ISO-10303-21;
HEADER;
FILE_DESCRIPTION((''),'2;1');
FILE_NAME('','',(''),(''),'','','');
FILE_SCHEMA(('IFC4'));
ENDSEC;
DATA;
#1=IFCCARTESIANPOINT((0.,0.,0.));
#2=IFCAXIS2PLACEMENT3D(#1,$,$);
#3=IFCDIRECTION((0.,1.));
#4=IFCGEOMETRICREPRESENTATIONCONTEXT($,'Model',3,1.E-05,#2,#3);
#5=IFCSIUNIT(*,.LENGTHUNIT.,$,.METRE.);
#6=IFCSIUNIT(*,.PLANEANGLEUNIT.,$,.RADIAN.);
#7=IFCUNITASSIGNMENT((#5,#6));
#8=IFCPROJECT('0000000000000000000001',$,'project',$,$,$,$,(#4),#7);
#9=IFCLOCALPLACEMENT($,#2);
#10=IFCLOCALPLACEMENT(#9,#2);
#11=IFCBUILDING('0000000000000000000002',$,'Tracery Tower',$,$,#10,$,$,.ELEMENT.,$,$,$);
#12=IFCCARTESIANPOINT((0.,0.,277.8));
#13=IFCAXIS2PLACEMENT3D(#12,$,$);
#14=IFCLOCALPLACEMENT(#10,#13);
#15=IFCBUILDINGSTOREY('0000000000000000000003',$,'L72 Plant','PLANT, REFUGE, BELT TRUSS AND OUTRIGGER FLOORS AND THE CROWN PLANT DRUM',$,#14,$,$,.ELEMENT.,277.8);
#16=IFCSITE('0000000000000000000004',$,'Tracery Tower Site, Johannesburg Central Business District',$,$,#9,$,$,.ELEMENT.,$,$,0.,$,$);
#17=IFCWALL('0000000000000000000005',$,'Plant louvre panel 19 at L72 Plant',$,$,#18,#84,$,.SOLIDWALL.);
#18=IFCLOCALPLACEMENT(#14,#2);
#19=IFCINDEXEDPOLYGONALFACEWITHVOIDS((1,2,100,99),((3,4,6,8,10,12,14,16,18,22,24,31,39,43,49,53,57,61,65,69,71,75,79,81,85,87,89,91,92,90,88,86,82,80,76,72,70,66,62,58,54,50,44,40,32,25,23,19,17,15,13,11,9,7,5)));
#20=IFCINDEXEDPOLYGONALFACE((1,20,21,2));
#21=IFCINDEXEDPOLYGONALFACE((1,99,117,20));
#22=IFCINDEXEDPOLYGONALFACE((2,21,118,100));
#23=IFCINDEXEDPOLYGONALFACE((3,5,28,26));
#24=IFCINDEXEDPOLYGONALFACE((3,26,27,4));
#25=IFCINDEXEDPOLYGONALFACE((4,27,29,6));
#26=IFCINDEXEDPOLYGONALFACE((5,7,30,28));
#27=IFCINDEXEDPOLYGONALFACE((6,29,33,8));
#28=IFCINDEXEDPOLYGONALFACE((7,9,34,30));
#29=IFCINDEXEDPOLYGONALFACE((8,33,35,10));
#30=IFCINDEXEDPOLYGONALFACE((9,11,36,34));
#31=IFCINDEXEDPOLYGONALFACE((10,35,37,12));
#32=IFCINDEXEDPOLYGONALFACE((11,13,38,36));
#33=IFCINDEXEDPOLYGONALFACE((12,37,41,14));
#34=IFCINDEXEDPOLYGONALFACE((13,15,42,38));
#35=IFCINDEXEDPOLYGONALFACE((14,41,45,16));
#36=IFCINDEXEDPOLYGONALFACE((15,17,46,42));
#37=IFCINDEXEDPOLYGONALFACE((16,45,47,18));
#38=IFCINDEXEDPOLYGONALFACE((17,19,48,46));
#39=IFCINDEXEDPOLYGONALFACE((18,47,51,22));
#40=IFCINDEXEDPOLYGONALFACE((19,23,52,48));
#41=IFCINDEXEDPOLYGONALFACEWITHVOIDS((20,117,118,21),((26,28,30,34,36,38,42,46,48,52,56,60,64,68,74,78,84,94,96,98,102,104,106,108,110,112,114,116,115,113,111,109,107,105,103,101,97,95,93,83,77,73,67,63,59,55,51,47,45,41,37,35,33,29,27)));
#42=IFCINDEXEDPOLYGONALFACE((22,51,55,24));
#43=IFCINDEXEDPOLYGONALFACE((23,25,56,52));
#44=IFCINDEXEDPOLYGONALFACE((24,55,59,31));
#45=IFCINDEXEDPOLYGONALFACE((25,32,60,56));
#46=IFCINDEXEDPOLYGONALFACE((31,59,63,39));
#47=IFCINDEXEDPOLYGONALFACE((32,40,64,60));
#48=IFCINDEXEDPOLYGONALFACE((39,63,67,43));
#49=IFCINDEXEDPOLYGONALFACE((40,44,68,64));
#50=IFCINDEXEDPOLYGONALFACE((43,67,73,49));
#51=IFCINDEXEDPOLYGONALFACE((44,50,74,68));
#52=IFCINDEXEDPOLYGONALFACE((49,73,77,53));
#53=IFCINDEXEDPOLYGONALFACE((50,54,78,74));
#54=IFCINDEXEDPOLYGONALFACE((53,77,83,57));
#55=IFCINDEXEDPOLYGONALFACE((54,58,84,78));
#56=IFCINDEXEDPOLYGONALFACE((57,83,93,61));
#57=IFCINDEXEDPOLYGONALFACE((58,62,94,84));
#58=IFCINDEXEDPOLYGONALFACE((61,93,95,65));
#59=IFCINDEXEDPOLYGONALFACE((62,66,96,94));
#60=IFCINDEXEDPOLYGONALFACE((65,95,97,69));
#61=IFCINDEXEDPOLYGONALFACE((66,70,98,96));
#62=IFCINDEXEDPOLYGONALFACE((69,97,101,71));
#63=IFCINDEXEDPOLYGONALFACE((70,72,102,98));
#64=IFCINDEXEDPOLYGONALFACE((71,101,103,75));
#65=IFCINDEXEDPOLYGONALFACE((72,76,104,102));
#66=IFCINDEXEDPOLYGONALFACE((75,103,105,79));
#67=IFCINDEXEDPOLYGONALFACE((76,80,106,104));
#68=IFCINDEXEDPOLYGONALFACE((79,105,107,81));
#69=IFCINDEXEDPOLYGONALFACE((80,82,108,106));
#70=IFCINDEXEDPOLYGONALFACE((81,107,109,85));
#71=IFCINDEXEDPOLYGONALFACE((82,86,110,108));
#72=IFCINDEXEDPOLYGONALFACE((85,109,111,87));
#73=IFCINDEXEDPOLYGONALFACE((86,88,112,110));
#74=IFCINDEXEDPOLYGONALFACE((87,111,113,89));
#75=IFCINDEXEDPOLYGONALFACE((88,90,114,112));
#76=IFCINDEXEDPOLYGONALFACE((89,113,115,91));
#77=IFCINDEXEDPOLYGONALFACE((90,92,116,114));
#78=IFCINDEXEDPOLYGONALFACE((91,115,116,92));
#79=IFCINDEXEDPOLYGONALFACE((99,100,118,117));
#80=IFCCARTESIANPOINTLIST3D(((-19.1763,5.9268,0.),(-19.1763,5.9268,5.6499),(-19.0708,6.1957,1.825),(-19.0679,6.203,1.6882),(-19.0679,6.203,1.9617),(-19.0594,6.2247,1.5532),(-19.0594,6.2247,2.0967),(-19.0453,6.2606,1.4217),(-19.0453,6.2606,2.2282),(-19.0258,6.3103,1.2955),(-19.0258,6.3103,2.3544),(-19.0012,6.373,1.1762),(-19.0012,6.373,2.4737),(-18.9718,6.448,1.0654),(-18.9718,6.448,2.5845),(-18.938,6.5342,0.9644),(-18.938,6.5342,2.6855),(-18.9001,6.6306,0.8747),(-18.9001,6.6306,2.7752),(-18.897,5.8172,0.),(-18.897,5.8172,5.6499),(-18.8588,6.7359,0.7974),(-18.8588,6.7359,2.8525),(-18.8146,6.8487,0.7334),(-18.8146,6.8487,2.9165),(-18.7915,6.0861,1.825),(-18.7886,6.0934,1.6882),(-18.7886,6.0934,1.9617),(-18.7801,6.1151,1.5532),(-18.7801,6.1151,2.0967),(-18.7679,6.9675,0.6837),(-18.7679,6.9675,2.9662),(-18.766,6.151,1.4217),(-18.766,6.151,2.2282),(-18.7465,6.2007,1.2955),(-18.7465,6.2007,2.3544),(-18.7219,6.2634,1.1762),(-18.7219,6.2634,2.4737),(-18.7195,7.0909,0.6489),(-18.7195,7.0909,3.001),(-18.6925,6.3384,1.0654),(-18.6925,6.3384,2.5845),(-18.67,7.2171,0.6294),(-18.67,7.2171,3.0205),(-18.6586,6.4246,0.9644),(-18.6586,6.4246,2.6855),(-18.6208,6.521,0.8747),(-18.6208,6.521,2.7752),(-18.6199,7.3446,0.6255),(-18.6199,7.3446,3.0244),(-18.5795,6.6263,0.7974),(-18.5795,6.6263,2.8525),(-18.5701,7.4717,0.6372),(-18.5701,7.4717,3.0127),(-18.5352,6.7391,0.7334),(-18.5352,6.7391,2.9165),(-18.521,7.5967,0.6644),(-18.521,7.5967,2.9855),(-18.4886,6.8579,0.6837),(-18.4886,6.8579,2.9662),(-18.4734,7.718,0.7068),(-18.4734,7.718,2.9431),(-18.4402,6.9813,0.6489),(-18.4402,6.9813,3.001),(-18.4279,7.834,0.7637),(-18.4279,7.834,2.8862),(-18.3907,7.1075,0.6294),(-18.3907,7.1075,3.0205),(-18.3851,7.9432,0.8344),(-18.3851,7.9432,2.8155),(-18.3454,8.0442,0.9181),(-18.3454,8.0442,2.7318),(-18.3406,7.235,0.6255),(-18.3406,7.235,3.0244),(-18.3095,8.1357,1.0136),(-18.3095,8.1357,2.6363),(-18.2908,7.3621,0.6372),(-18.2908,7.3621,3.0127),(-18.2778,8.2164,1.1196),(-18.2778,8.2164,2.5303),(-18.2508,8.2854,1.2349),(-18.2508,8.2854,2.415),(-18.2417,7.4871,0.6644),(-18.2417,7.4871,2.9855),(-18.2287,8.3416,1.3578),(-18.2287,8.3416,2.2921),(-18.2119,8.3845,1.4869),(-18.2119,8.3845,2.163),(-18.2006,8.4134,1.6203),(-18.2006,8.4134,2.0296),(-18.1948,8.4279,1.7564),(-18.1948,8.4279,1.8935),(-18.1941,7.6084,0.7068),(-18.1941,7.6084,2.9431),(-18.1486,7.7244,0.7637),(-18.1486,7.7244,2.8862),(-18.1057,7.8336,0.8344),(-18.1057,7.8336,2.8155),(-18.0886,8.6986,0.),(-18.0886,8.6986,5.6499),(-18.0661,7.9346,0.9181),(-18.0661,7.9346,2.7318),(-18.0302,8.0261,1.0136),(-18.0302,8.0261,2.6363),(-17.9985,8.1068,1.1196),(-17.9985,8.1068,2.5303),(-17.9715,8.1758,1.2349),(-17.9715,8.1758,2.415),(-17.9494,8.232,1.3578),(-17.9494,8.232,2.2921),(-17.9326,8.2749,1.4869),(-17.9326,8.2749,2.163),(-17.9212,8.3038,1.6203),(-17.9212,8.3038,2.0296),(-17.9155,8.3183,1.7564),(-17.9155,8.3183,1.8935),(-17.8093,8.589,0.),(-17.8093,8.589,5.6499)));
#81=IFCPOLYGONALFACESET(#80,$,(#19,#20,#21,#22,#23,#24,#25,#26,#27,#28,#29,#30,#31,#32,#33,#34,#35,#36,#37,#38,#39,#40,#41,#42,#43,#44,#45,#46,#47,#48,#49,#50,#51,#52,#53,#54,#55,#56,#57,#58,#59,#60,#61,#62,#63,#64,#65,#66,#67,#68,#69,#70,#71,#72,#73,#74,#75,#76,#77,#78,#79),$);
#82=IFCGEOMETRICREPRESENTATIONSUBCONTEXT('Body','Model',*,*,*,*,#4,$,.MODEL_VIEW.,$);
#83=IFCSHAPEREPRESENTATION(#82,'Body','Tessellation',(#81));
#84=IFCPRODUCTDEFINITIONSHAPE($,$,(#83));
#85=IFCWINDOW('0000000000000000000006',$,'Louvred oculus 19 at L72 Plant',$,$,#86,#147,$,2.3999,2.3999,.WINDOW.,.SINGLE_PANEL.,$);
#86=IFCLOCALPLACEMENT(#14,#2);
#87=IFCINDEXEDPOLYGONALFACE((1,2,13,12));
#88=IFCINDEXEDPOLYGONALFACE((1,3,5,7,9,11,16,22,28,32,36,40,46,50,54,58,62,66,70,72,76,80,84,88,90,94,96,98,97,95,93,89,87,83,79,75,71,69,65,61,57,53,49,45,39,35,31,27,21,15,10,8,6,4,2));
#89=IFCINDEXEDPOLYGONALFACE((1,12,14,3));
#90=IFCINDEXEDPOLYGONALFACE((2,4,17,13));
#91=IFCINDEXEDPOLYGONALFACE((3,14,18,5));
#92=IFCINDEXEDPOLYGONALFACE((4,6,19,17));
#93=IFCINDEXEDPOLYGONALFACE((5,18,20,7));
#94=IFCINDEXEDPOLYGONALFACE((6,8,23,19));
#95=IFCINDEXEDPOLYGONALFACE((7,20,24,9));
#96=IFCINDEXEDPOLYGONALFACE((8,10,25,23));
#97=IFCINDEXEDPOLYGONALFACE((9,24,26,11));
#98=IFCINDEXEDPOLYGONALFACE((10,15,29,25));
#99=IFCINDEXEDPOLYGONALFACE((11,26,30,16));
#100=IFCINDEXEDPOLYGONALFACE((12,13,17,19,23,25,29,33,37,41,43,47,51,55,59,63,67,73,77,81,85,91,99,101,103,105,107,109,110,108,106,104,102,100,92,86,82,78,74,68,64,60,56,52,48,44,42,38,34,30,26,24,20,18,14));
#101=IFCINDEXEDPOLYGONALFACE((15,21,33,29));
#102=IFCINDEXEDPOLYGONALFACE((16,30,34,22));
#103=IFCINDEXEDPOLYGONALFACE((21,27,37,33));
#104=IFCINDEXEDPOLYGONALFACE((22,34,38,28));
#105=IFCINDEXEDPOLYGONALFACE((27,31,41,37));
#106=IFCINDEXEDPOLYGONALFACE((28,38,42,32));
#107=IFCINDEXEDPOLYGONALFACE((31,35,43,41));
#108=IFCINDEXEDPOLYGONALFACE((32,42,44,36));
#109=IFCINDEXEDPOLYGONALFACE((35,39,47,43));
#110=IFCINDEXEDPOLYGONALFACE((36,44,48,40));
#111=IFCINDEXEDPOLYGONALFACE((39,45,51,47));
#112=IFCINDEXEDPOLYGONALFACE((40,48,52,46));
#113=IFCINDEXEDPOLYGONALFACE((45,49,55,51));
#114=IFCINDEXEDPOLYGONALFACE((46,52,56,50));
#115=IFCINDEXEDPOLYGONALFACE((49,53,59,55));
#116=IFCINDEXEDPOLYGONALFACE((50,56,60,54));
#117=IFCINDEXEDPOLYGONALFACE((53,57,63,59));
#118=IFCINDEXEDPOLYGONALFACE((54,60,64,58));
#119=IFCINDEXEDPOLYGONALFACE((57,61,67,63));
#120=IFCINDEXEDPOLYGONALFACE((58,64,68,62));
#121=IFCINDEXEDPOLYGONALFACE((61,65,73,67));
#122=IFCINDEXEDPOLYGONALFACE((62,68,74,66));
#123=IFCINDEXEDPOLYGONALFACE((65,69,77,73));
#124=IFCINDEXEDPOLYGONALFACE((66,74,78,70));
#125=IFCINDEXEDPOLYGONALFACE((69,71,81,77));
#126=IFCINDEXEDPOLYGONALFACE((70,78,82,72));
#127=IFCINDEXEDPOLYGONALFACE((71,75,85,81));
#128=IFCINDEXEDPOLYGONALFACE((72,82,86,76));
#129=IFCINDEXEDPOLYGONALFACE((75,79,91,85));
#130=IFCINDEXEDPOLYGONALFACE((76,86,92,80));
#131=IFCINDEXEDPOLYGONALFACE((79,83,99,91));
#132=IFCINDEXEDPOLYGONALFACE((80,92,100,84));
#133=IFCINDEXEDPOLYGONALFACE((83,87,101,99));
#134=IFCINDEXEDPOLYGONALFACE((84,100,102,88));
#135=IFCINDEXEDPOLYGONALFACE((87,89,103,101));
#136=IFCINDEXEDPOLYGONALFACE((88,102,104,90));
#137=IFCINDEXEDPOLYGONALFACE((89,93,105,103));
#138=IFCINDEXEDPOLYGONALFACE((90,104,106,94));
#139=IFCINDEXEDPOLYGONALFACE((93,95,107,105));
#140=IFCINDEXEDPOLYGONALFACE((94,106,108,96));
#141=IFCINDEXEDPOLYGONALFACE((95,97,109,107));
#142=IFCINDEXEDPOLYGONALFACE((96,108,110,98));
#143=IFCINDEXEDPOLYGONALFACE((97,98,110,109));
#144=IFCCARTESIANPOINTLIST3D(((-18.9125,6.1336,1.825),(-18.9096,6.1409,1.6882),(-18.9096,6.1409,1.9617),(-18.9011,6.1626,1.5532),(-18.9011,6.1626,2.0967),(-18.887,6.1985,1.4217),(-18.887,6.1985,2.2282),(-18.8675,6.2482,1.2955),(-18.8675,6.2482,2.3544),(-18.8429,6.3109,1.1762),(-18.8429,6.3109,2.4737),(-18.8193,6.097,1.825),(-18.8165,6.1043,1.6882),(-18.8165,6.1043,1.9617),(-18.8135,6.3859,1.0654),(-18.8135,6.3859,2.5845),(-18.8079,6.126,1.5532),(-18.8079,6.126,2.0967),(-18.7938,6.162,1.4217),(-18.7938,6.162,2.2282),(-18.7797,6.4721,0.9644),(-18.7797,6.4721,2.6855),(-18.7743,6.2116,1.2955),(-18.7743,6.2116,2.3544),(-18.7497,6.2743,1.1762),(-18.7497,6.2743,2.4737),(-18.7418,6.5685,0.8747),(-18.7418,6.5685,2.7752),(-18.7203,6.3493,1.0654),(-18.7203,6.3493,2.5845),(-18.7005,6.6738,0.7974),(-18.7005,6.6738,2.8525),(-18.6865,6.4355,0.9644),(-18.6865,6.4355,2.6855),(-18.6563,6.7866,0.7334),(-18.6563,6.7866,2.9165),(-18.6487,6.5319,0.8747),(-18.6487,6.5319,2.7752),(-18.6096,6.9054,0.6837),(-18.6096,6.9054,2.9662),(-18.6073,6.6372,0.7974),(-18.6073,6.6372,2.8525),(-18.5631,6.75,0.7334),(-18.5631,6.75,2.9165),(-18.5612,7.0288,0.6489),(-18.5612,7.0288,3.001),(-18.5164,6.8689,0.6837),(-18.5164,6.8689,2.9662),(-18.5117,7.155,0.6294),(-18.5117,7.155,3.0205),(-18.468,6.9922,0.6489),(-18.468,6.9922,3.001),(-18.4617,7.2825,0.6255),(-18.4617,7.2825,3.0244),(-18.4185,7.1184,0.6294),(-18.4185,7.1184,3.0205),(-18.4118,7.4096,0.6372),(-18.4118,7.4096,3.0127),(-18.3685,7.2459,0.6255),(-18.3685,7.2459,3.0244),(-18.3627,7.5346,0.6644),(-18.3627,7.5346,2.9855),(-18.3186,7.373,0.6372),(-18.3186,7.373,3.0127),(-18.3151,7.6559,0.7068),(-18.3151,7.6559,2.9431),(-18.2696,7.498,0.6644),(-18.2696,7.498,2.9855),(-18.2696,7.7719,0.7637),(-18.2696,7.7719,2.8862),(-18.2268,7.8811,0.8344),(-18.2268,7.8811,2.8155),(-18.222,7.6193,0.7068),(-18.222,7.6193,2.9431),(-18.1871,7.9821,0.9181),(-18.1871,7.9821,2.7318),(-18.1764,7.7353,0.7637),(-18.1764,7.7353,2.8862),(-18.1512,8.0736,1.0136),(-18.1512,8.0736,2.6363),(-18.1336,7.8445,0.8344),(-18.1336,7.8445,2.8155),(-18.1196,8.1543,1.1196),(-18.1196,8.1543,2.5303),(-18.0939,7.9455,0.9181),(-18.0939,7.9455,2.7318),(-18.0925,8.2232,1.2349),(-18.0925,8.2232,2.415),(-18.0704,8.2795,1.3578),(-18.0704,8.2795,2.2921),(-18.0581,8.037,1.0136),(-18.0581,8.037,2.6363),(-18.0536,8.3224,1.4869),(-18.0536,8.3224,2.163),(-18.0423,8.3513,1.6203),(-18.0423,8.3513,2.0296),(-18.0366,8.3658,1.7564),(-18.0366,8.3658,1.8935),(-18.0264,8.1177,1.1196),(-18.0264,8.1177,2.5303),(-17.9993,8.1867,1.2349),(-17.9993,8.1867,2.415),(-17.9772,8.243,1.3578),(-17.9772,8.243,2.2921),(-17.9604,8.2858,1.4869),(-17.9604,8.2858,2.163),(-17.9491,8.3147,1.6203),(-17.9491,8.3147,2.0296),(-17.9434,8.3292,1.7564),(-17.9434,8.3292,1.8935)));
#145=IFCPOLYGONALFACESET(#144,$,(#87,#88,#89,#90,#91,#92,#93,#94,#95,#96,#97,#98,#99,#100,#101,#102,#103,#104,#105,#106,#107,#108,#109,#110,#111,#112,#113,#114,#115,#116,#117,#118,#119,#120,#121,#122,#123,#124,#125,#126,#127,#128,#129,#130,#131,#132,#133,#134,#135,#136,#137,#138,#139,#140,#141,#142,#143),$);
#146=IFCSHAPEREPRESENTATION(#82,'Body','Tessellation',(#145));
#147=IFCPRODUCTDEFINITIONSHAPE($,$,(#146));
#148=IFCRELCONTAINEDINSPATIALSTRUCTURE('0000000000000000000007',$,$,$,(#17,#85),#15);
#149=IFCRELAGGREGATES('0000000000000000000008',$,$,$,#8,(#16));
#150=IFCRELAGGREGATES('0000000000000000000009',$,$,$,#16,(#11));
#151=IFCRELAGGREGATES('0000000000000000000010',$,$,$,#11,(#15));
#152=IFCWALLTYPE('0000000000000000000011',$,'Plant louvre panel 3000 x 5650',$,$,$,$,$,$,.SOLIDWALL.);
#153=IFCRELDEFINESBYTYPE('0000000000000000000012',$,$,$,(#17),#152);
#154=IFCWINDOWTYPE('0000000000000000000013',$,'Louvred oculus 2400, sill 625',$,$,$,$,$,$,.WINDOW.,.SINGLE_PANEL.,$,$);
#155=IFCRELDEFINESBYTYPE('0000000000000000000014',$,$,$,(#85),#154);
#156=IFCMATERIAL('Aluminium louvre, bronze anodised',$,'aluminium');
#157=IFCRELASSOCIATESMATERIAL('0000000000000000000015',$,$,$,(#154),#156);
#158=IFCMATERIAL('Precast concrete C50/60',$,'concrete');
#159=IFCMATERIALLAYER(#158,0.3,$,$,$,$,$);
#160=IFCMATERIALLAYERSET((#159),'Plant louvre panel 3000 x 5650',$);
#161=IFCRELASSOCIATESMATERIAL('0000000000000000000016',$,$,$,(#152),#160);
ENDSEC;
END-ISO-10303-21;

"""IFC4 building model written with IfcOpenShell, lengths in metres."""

from ifc_helpers import new_model, si_unit, direction, frame, frame_2d, origin, origin_2d, place, context, subcontext, project, spatial, rectangle, circle, extrude, material, layer, layer_set, type_object, element, fill, save


model = new_model("IFC4")

# Units and contexts
model_context = context("Model", 3, precision=1e-05, world=origin(), true_north=direction((0.0, 1.0)))
body_context = subcontext(model_context, "Body", "Model", "MODEL_VIEW")
ifc_project = project(units=[si_unit("LENGTHUNIT", "METRE"), si_unit("PLANEANGLEUNIT", "RADIAN")], contexts=[model_context])

# Site, building, storey
site_placement = place(None, origin())
site = spatial("IfcSite", under=ifc_project, at=site_placement, Name="Tracery Tower Site, Johannesburg Central Business District", CompositionType="ELEMENT", RefElevation=0.0)
building_placement = place(site_placement, origin())
building = spatial("IfcBuilding", under=site, at=building_placement, Name="Tracery Tower", CompositionType="ELEMENT")
storey_placement = place(building_placement, frame((0.0, 0.0, 277.8)))
storey = spatial("IfcBuildingStorey", under=building, at=storey_placement, Name="L72 Plant", Description="PLANT, REFUGE, BELT TRUSS AND OUTRIGGER FLOORS AND THE CROWN PLANT DRUM", CompositionType="ELEMENT", Elevation=277.8)

# Wall, opening, window
ifc_material_1 = material(Name="Aluminium louvre, bronze anodised", Category="aluminium")
window_type = type_object("IfcWindowType", Name="Louvred oculus 2400, sill 625", PartitioningType="SINGLE_PANEL", PredefinedType="WINDOW", material=ifc_material_1)
ifc_material_2 = material(Name="Precast concrete C50/60", Category="concrete")
ifc_layer_1 = layer(ifc_material_2, 0.3)
ifc_layer_set_1 = layer_set([ifc_layer_1], Name="Plant louvre panel 3000 x 5650")
wall_type_1 = type_object("IfcWallType", Name="Plant louvre panel 3000 x 5650", PredefinedType="SOLIDWALL", material=ifc_layer_set_1)
wall_1_placement = place(storey_placement, frame((-17.949, 8.6438, 0.0), z_axis=(0.0, 0.0, 1.0), x_axis=(-0.36529, -0.930894, 0.0)))
wall_1 = element("IfcWall", 1, at=wall_1_placement, inside=storey, type_object=wall_type_1, Name="Plant louvre panel 19 at L72 Plant", PredefinedType="SOLIDWALL", context=body_context, shape_type="SweptSolid", body=[
    extrude(rectangle(XDim=2.9775, YDim=0.3, at=frame_2d((1.4888, 0.0))), origin(), (0.0, 0.0, 1.0), 5.6499),
])
opening_1_placement = place(wall_1_placement, frame((1.4888, 0.0, 1.825)))
opening_1 = element("IfcOpeningElement", 2, at=opening_1_placement, cuts=wall_1, PredefinedType="OPENING", context=body_context, shape_type="SweptSolid", body=[
    extrude(circle(Radius=1.2, at=origin_2d()), frame((0.0, 0.1599, 0.0), z_axis=(0.0, -1.0, 0.0), x_axis=(1.0, 0.0, 0.0)), (0.0, 0.0, 1.0), 0.3201),
])
window_1_placement = place(opening_1_placement, origin())
window_1 = element("IfcWindow", 3, at=window_1_placement, inside=storey, type_object=window_type, Name="Louvred oculus 19 at L72 Plant", OverallHeight=2.3999, OverallWidth=2.3999, PartitioningType="SINGLE_PANEL", PredefinedType="WINDOW", context=body_context, shape_type="SweptSolid", body=[
    extrude(circle(Radius=1.2, at=origin_2d()), frame((0.0, 0.1201, 0.0), z_axis=(0.0, -1.0, 0.0), x_axis=(1.0, 0.0, 0.0)), (0.0, 0.0, 1.0), 0.1001),
])
fill(opening_1, window_1)

save(model, "model.ifc")
